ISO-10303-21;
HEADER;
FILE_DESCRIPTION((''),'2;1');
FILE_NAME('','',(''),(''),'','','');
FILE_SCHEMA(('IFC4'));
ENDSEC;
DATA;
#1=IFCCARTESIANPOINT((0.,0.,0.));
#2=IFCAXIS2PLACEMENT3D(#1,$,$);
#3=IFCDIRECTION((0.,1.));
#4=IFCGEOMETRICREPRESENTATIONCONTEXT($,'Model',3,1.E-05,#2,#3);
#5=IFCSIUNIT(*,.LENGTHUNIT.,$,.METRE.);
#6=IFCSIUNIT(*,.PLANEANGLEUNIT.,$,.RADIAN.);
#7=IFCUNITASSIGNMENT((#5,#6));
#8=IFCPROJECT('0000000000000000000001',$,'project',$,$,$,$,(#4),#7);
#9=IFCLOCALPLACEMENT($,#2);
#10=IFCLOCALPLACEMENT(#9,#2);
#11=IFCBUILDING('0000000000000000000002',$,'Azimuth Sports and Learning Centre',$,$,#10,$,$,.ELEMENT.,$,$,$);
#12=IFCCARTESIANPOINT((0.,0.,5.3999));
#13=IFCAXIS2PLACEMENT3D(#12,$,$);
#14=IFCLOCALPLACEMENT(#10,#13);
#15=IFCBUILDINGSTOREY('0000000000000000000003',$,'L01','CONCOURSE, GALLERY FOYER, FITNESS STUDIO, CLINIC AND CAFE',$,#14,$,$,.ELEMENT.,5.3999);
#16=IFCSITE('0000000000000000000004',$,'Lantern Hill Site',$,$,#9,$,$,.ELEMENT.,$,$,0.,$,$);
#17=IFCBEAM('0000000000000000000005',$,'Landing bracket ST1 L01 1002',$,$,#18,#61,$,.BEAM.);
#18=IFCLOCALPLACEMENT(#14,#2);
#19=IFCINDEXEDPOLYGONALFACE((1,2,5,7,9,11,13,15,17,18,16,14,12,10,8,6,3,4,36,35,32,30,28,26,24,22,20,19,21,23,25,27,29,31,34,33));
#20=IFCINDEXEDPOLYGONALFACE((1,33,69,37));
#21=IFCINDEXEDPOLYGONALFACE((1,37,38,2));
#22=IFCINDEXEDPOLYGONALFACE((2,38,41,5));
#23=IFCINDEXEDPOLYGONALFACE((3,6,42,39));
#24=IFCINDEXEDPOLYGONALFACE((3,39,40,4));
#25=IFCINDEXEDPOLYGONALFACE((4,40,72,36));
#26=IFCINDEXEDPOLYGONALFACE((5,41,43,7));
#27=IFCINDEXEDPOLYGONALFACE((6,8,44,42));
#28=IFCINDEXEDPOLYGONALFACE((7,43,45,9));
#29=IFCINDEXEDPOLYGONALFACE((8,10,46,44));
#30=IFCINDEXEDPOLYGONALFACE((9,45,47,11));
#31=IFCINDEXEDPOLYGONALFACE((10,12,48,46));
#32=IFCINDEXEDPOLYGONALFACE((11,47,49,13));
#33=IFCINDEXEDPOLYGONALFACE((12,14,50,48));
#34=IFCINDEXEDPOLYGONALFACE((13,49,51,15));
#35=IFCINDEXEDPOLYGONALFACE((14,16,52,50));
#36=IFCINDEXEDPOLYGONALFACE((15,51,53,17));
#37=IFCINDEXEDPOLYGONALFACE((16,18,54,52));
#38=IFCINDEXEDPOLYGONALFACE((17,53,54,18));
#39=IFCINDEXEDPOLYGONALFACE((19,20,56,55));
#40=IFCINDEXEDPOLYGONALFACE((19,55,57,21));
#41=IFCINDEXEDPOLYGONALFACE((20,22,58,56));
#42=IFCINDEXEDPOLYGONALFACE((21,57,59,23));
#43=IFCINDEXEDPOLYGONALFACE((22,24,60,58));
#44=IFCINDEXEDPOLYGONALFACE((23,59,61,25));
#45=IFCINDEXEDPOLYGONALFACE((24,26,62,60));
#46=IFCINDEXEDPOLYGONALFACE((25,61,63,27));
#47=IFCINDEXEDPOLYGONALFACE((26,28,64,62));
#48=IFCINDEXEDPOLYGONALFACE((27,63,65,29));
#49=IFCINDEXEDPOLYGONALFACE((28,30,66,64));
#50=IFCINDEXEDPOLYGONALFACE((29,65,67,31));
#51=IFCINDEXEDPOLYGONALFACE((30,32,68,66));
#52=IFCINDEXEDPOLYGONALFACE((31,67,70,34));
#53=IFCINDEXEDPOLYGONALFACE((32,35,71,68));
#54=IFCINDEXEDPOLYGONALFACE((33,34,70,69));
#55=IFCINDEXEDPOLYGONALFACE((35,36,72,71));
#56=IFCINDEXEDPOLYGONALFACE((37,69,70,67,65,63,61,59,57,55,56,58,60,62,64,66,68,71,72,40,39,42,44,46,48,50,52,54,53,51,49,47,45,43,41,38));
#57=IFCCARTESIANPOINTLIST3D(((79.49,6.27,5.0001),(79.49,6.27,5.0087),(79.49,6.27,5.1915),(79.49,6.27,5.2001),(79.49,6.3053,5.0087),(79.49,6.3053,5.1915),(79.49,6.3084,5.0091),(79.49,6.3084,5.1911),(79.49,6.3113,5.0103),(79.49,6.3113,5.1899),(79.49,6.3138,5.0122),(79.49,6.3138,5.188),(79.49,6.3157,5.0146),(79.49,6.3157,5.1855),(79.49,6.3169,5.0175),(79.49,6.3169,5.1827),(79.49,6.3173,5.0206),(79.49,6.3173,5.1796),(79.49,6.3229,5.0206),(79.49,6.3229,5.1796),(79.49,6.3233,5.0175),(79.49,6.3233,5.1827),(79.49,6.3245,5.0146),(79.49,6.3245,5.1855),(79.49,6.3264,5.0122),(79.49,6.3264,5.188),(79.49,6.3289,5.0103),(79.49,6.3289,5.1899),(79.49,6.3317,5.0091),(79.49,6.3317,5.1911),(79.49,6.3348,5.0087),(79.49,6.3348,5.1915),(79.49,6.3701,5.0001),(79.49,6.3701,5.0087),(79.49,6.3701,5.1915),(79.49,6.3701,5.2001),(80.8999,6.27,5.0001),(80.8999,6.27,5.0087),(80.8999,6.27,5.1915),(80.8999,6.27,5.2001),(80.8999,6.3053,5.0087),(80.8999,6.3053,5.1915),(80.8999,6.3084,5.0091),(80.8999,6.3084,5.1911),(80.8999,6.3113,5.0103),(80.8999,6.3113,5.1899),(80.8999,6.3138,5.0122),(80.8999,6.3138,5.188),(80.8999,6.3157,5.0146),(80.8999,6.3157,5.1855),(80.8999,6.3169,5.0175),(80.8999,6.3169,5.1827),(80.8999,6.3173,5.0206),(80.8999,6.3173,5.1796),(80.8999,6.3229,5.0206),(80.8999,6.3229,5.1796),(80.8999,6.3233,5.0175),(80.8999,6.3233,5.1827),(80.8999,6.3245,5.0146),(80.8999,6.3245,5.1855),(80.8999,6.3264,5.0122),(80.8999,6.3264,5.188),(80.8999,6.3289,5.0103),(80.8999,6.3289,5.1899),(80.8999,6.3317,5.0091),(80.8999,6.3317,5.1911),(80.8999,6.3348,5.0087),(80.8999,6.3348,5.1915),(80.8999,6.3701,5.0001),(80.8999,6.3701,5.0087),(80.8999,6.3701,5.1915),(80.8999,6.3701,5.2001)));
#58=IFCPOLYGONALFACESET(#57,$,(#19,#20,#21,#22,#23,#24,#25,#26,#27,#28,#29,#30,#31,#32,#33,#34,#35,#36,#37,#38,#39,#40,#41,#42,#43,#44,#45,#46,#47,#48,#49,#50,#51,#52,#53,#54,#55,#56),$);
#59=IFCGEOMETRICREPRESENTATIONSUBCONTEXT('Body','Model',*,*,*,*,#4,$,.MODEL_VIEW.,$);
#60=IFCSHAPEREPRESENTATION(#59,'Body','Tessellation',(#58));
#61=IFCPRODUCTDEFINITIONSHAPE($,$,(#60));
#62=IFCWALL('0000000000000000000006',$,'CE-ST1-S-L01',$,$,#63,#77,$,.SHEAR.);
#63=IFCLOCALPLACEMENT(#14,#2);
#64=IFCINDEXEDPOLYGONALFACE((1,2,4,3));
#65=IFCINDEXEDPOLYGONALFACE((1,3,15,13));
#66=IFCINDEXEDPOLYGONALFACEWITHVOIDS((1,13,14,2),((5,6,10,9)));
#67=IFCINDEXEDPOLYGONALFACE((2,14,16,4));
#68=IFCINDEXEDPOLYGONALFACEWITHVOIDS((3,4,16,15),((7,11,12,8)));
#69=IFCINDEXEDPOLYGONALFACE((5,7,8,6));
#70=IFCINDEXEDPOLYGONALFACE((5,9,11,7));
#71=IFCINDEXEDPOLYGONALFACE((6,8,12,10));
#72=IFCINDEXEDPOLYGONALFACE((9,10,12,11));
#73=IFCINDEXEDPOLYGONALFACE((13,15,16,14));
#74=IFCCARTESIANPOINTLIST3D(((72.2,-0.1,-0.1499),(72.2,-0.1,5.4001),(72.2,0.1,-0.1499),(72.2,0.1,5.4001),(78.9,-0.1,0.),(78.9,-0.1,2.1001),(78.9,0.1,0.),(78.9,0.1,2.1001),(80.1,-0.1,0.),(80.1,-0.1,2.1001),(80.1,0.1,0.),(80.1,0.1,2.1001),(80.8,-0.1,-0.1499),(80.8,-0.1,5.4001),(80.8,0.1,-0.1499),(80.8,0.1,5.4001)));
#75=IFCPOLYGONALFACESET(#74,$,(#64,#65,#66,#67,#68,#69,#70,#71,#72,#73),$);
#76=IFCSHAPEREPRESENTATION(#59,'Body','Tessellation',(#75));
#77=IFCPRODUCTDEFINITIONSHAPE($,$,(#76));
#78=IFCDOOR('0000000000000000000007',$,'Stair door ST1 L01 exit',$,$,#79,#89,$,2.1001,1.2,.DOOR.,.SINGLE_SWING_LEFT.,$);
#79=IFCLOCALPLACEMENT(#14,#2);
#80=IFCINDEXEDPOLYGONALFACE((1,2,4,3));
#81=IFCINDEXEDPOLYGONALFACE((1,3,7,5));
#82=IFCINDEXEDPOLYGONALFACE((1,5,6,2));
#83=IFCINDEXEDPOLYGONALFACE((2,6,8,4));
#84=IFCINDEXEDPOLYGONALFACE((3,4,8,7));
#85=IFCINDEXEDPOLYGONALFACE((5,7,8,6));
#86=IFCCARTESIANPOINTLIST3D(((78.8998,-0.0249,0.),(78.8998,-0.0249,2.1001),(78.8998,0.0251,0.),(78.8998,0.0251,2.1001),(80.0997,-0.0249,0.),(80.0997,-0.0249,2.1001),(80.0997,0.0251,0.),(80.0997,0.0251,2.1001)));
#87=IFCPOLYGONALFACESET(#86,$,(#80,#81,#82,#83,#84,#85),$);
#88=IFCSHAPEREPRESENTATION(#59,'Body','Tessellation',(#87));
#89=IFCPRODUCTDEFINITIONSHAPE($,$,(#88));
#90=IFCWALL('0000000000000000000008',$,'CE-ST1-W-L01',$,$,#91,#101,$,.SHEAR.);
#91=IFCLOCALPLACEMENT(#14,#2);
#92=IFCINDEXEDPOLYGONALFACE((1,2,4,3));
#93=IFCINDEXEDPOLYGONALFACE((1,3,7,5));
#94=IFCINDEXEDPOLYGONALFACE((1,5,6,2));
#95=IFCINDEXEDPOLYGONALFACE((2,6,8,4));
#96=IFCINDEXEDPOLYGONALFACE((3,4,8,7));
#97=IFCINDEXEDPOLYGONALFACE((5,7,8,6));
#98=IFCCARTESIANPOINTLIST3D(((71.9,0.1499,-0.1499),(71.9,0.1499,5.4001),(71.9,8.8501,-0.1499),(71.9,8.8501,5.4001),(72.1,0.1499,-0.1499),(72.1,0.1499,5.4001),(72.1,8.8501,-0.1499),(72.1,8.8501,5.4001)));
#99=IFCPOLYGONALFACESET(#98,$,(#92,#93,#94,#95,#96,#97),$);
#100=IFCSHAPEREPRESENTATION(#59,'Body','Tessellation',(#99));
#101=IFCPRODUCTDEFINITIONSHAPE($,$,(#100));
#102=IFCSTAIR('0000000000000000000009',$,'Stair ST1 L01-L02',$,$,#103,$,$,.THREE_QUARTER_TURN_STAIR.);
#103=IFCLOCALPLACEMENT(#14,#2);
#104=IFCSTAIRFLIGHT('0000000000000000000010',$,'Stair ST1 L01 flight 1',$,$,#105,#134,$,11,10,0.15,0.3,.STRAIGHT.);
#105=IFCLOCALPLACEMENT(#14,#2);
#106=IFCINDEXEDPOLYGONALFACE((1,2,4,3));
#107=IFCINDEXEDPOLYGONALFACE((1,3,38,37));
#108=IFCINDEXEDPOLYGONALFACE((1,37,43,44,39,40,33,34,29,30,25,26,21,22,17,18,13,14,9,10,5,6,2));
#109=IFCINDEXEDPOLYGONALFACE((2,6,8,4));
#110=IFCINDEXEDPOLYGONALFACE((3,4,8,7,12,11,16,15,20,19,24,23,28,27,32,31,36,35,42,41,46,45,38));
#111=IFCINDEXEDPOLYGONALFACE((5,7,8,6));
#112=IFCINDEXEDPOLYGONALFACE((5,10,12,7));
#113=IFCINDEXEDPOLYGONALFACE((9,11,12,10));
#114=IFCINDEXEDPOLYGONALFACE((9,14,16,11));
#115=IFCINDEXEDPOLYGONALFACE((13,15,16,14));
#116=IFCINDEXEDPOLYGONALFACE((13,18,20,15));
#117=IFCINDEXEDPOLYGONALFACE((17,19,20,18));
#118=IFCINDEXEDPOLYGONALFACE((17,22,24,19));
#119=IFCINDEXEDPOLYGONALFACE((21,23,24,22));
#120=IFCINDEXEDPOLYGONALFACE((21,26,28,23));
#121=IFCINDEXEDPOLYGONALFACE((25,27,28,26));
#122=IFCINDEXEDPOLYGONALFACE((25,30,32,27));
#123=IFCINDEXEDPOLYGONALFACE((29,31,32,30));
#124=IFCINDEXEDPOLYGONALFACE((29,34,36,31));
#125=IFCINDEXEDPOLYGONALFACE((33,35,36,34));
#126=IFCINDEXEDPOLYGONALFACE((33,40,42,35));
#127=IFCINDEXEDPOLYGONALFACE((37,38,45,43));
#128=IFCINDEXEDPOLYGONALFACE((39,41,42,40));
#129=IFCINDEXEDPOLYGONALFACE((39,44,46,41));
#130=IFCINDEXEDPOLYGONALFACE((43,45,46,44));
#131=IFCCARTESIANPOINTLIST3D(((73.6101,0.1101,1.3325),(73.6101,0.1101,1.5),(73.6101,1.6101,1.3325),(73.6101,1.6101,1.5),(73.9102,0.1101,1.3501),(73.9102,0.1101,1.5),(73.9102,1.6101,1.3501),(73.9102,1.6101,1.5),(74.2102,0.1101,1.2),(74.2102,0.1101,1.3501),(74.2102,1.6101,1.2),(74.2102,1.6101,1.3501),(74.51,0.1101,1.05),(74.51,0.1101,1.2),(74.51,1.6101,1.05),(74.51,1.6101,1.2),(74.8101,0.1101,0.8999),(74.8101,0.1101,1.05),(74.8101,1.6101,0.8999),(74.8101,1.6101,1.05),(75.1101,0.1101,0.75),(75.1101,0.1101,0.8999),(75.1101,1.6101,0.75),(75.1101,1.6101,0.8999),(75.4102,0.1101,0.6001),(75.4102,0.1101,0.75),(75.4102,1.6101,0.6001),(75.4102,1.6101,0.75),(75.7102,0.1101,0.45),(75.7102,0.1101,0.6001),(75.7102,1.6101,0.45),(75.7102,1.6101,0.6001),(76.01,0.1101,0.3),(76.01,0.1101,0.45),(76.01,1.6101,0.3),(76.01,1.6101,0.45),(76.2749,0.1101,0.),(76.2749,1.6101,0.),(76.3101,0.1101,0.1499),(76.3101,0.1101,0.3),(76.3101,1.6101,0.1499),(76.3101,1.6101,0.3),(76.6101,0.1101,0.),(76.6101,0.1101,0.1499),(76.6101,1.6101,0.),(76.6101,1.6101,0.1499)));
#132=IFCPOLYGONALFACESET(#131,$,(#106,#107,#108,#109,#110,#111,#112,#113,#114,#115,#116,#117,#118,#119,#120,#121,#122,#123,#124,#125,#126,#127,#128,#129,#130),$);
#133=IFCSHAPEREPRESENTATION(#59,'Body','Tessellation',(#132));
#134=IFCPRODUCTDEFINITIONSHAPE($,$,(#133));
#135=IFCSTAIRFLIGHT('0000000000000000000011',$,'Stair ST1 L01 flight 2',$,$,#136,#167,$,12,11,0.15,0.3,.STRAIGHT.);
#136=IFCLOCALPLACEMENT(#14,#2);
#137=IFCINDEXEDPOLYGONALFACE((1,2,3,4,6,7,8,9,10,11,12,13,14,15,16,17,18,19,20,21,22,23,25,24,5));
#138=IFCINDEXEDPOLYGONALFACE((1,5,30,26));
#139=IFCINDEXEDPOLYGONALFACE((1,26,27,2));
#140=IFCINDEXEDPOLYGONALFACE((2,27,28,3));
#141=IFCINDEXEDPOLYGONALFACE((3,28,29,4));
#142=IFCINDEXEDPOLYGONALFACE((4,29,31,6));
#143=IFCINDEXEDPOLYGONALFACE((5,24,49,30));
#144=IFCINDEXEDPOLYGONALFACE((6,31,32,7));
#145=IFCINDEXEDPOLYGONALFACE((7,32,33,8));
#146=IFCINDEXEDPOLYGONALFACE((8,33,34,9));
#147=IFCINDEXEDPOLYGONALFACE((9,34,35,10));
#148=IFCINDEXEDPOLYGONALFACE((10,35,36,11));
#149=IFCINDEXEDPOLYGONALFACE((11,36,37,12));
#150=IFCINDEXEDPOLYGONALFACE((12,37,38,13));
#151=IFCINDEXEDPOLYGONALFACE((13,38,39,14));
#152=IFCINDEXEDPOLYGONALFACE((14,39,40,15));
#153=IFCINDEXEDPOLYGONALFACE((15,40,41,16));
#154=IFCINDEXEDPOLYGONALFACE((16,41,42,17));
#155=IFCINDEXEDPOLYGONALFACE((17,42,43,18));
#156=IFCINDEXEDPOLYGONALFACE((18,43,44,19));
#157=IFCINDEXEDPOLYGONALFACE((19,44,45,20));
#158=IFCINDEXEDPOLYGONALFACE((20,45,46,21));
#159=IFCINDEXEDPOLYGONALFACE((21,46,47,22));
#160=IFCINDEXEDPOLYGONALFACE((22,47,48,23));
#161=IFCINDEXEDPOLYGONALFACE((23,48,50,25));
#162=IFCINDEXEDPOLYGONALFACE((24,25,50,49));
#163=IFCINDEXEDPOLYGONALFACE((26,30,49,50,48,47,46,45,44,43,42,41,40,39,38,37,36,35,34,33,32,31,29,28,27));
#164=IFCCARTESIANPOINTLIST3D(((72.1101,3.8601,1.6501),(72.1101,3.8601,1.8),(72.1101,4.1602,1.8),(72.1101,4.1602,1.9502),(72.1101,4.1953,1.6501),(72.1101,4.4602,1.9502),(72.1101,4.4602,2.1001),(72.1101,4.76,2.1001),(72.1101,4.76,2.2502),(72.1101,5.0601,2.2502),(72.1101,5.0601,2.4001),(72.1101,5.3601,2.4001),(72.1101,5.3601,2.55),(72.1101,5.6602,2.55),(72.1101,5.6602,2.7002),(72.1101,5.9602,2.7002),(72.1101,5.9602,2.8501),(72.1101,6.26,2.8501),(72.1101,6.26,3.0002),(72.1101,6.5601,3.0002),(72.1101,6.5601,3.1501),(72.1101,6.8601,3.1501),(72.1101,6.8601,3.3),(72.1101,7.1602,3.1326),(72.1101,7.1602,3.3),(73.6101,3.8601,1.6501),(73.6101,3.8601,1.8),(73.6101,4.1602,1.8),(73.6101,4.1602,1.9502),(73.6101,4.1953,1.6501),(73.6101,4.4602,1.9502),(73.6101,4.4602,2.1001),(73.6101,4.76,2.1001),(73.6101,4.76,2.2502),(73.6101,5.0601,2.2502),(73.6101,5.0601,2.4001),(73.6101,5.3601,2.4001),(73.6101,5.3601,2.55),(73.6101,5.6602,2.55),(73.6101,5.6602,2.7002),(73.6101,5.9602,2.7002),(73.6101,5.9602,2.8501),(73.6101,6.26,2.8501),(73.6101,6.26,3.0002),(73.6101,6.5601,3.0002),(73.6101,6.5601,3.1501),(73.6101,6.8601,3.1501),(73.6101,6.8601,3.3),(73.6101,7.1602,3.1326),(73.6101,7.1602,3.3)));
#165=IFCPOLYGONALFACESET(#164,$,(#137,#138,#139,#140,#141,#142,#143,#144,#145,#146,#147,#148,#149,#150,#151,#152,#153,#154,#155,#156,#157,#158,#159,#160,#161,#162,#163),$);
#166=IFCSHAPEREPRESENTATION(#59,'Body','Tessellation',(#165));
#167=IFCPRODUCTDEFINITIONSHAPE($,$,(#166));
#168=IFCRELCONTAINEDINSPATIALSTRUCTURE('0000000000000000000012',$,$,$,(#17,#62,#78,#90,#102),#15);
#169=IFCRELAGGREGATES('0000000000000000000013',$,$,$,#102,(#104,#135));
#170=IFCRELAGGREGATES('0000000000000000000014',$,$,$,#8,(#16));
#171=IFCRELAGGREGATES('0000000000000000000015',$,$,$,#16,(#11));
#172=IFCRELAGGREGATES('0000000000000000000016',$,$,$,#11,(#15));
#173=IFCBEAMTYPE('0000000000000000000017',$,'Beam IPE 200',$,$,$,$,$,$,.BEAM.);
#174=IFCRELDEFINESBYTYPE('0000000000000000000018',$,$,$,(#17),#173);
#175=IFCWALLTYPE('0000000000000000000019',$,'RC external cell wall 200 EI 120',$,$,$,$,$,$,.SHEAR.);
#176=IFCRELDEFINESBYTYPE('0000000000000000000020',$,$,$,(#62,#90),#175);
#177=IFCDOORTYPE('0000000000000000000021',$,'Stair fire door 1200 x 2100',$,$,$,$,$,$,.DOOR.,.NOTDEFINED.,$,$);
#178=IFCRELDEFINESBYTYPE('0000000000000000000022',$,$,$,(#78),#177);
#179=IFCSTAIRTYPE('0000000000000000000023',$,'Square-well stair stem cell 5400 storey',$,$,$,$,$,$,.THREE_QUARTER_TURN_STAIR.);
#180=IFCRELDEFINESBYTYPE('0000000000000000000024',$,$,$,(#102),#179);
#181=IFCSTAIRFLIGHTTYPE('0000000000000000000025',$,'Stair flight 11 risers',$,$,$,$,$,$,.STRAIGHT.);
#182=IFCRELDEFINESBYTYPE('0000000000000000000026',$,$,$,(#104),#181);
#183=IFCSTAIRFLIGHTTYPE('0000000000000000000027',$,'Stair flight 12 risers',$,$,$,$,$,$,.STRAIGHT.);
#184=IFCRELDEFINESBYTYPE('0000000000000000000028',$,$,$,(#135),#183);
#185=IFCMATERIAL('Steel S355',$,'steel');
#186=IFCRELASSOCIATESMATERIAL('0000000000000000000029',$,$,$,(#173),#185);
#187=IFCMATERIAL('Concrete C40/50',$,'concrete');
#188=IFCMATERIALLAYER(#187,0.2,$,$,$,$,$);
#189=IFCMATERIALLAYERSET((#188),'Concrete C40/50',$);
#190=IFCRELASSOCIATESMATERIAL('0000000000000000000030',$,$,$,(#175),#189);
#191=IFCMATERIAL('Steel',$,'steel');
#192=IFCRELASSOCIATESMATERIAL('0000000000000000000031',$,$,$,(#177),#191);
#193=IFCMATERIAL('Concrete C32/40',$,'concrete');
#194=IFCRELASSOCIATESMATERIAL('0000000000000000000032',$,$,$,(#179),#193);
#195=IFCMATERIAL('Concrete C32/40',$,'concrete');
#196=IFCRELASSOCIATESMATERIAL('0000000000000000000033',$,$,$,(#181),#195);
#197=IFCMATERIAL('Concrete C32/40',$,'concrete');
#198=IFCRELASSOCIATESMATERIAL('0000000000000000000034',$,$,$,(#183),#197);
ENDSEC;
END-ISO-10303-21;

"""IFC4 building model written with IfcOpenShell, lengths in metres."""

from ifc_helpers import new_model, si_unit, direction, frame, frame_2d, origin, origin_2d, place, context, subcontext, project, spatial, polyline, rectangle, i_section, outline, extrude, material, layer, layer_set, material_profile, profile_set, type_object, element, fill, aggregate, save


model = new_model("IFC4")

# Units and contexts
model_context = context("Model", 3, precision=1e-05, world=origin(), true_north=direction((0.0, 1.0)))
body_context = subcontext(model_context, "Body", "Model", "MODEL_VIEW")
ifc_project = project(units=[si_unit("LENGTHUNIT", "METRE"), si_unit("PLANEANGLEUNIT", "RADIAN")], contexts=[model_context])

# Site, building, storey
site_placement = place(None, origin())
site = spatial("IfcSite", under=ifc_project, at=site_placement, Name="Lantern Hill Site", CompositionType="ELEMENT", RefElevation=0.0)
building_placement = place(site_placement, origin())
building = spatial("IfcBuilding", under=site, at=building_placement, Name="Azimuth Sports and Learning Centre", CompositionType="ELEMENT")
storey_placement = place(building_placement, frame((0.0, 0.0, 5.3999)))
storey = spatial("IfcBuildingStorey", under=building, at=storey_placement, Name="L01", Description="CONCOURSE, GALLERY FOYER, FITNESS STUDIO, CLINIC AND CAFE", CompositionType="ELEMENT", Elevation=5.3999)

# Beam
ifc_material_1 = material(Name="Steel S355", Category="steel")
ifc_material_profile_1 = material_profile(ifc_material_1, i_section(OverallWidth=0.1001, OverallDepth=0.2, WebThickness=0.0056, FlangeThickness=0.0085, FilletRadius=0.012, at=origin_2d()), Name="IPE 200")
ifc_profile_set_1 = profile_set([ifc_material_profile_1], Name="Steel S355")
beam_type = type_object("IfcBeamType", Name="Beam IPE 200", PredefinedType="BEAM", material=ifc_profile_set_1)
for number, where, z_axis, x_axis, name in (
    (1, (80.8999, 6.3201, 5.1001), (-1.0, 0.0, 0.0), (0.0, -1.0, 0.0), "Landing bracket ST1 L01 1002"),
):
    element("IfcBeam", number, at=place(storey_placement, frame(where, z_axis=z_axis, x_axis=x_axis)), inside=storey, type_object=beam_type, Name=name, PredefinedType="BEAM", context=body_context, shape_type="SweptSolid", body=[
        extrude(i_section(OverallWidth=0.1001, OverallDepth=0.2, WebThickness=0.0056, FlangeThickness=0.0085, FilletRadius=0.012, at=origin_2d()), origin(), (0.0, 0.0, 1.0), 1.4099),
    ])

# Wall, opening, door
ifc_material_2 = material(Name="Concrete C40/50", Category="concrete")
ifc_layer_1 = layer(ifc_material_2, 0.2)
ifc_layer_set_1 = layer_set([ifc_layer_1], Name="Concrete C40/50")
wall_type = type_object("IfcWallType", Name="RC external cell wall 200 EI 120", PredefinedType="SHEAR", material=ifc_layer_set_1)
wall_1_placement = place(storey_placement, frame((72.2, 0.0, -0.1499), z_axis=(0.0, 0.0, 1.0), x_axis=(1.0, 0.0, 0.0)))
wall_1 = element("IfcWall", 2, at=wall_1_placement, inside=storey, type_object=wall_type, Name="CE-ST1-S-L01", PredefinedType="SHEAR", context=body_context, shape_type="SweptSolid", body=[
    extrude(rectangle(XDim=8.6001, YDim=0.2, at=frame_2d((4.3, 0.0))), origin(), (0.0, 0.0, 1.0), 5.55),
])
opening_placement = place(wall_1_placement, frame((6.7, 0.0, 0.1499)))
opening = element("IfcOpeningElement", 3, at=opening_placement, cuts=wall_1, PredefinedType="OPENING", context=body_context, shape_type="SweptSolid", body=[
    extrude(rectangle(XDim=1.2, YDim=2.1001, at=frame_2d((0.6001, 1.05))), frame((0.0, 0.1108, 0.0), z_axis=(0.0, -1.0, 0.0), x_axis=(1.0, 0.0, 0.0)), (0.0, 0.0, 1.0), 0.2219),
])
ifc_material_3 = material(Name="Steel", Category="steel")
door_type = type_object("IfcDoorType", Name="Stair fire door 1200 x 2100", OperationType="NOTDEFINED", PredefinedType="DOOR", material=ifc_material_3)
door_placement = place(opening_placement, frame((1.2, 0.0, 0.0), z_axis=(0.0, 0.0, 1.0), x_axis=(-1.0, 0.0, 0.0)))
door = element("IfcDoor", 4, at=door_placement, inside=storey, type_object=door_type, Name="Stair door ST1 L01 exit", OperationType="SINGLE_SWING_LEFT", OverallHeight=2.1001, OverallWidth=1.2, PredefinedType="DOOR", context=body_context, shape_type="SweptSolid", body=[
    extrude(rectangle(XDim=1.2, YDim=2.1001, at=frame_2d((0.6001, 1.05))), frame((0.0, 0.0249, 0.0), z_axis=(0.0, -1.0, 0.0), x_axis=(1.0, 0.0, 0.0)), (0.0, 0.0, 1.0), 0.05),
])
fill(opening, door)

# Wall
wall_2_placement = place(storey_placement, frame((72.0, 0.1499, -0.1499), z_axis=(0.0, 0.0, 1.0), x_axis=(0.0, 1.0, 0.0)))
element("IfcWall", 5, at=wall_2_placement, inside=storey, type_object=wall_type, Name="CE-ST1-W-L01", PredefinedType="SHEAR", context=body_context, shape_type="SweptSolid", body=[
    extrude(rectangle(XDim=8.7002, YDim=0.2, at=frame_2d((4.3501, 0.0))), origin(), (0.0, 0.0, 1.0), 5.55),
])

# Stair, stair flights
ifc_material_4 = material(Name="Concrete C32/40", Category="concrete")
stair_type = type_object("IfcStairType", Name="Square-well stair stem cell 5400 storey", PredefinedType="THREE_QUARTER_TURN_STAIR", material=ifc_material_4)
stair_placement = place(storey_placement, origin())
stair = element("IfcStair", 6, at=stair_placement, inside=storey, type_object=stair_type, Name="Stair ST1 L01-L02", PredefinedType="THREE_QUARTER_TURN_STAIR")
ifc_material_5 = material(Name="Concrete C32/40", Category="concrete")
stair_flight_type_1 = type_object("IfcStairFlightType", Name="Stair flight 11 risers", PredefinedType="STRAIGHT", material=ifc_material_5)
stair_flight_1_placement = place(storey_placement, frame((76.6101, 0.8601, 0.0), z_axis=(0.0, 0.0, 1.0), x_axis=(-1.0, 0.0, 0.0)))
stair_flight_1 = element("IfcStairFlight", 7, at=stair_flight_1_placement, type_object=stair_flight_type_1, Name="Stair ST1 L01 flight 1", NumberOfRisers=11, NumberOfTreads=10, PredefinedType="STRAIGHT", RiserHeight=0.15, TreadLength=0.3, context=body_context, shape_type="SweptSolid", body=[
    extrude(outline(polyline([(0.0, 0.0), (0.0, 0.1499), (0.3, 0.1499), (0.3, 0.3), (0.6001, 0.3), (0.6001, 0.45), (0.8999, 0.45), (0.8999, 0.6001), (1.2, 0.6001), (1.2, 0.75), (1.5, 0.75), (1.5, 0.8999), (1.8, 0.8999), (1.8, 1.05), (2.1001, 1.05), (2.1001, 1.2), (2.3999, 1.2), (2.3999, 1.3501), (2.7, 1.3501), (2.7, 1.5), (3.0, 1.5), (3.0, 1.6499), (3.0, 1.3325), (0.3352, 0.0), (0.0, 0.0)])), frame((0.0, 0.75, 0.0), z_axis=(0.0, -1.0, 0.0), x_axis=(1.0, 0.0, 0.0)), (0.0, 0.0, 1.0), 1.5),
])
ifc_material_6 = material(Name="Concrete C32/40", Category="concrete")
stair_flight_type_2 = type_object("IfcStairFlightType", Name="Stair flight 12 risers", PredefinedType="STRAIGHT", material=ifc_material_6)
stair_flight_2_placement = place(storey_placement, frame((72.8601, 3.8601, 1.6501), z_axis=(0.0, 0.0, 1.0), x_axis=(0.0, 1.0, 0.0)))
stair_flight_2 = element("IfcStairFlight", 8, at=stair_flight_2_placement, type_object=stair_flight_type_2, Name="Stair ST1 L01 flight 2", NumberOfRisers=12, NumberOfTreads=11, PredefinedType="STRAIGHT", RiserHeight=0.15, TreadLength=0.3, context=body_context, shape_type="SweptSolid", body=[
    extrude(outline(polyline([(0.0, 0.0), (0.0, 0.1499), (0.3, 0.1499), (0.3, 0.3), (0.6001, 0.3), (0.6001, 0.45), (0.8999, 0.45), (0.8999, 0.6001), (1.2, 0.6001), (1.2, 0.75), (1.5, 0.75), (1.5, 0.8999), (1.8, 0.8999), (1.8, 1.05), (2.1001, 1.05), (2.1001, 1.2), (2.3999, 1.2), (2.3999, 1.3501), (2.7, 1.3501), (2.7, 1.5), (3.0, 1.5), (3.0, 1.6499), (3.3, 1.6499), (3.3, 1.8), (3.3, 1.4824), (0.3352, 0.0), (0.0, 0.0)])), frame((0.0, 0.75, 0.0), z_axis=(0.0, -1.0, 0.0), x_axis=(1.0, 0.0, 0.0)), (0.0, 0.0, 1.0), 1.5),
])
aggregate(stair, [stair_flight_1, stair_flight_2])

save(model, "model.ifc")
